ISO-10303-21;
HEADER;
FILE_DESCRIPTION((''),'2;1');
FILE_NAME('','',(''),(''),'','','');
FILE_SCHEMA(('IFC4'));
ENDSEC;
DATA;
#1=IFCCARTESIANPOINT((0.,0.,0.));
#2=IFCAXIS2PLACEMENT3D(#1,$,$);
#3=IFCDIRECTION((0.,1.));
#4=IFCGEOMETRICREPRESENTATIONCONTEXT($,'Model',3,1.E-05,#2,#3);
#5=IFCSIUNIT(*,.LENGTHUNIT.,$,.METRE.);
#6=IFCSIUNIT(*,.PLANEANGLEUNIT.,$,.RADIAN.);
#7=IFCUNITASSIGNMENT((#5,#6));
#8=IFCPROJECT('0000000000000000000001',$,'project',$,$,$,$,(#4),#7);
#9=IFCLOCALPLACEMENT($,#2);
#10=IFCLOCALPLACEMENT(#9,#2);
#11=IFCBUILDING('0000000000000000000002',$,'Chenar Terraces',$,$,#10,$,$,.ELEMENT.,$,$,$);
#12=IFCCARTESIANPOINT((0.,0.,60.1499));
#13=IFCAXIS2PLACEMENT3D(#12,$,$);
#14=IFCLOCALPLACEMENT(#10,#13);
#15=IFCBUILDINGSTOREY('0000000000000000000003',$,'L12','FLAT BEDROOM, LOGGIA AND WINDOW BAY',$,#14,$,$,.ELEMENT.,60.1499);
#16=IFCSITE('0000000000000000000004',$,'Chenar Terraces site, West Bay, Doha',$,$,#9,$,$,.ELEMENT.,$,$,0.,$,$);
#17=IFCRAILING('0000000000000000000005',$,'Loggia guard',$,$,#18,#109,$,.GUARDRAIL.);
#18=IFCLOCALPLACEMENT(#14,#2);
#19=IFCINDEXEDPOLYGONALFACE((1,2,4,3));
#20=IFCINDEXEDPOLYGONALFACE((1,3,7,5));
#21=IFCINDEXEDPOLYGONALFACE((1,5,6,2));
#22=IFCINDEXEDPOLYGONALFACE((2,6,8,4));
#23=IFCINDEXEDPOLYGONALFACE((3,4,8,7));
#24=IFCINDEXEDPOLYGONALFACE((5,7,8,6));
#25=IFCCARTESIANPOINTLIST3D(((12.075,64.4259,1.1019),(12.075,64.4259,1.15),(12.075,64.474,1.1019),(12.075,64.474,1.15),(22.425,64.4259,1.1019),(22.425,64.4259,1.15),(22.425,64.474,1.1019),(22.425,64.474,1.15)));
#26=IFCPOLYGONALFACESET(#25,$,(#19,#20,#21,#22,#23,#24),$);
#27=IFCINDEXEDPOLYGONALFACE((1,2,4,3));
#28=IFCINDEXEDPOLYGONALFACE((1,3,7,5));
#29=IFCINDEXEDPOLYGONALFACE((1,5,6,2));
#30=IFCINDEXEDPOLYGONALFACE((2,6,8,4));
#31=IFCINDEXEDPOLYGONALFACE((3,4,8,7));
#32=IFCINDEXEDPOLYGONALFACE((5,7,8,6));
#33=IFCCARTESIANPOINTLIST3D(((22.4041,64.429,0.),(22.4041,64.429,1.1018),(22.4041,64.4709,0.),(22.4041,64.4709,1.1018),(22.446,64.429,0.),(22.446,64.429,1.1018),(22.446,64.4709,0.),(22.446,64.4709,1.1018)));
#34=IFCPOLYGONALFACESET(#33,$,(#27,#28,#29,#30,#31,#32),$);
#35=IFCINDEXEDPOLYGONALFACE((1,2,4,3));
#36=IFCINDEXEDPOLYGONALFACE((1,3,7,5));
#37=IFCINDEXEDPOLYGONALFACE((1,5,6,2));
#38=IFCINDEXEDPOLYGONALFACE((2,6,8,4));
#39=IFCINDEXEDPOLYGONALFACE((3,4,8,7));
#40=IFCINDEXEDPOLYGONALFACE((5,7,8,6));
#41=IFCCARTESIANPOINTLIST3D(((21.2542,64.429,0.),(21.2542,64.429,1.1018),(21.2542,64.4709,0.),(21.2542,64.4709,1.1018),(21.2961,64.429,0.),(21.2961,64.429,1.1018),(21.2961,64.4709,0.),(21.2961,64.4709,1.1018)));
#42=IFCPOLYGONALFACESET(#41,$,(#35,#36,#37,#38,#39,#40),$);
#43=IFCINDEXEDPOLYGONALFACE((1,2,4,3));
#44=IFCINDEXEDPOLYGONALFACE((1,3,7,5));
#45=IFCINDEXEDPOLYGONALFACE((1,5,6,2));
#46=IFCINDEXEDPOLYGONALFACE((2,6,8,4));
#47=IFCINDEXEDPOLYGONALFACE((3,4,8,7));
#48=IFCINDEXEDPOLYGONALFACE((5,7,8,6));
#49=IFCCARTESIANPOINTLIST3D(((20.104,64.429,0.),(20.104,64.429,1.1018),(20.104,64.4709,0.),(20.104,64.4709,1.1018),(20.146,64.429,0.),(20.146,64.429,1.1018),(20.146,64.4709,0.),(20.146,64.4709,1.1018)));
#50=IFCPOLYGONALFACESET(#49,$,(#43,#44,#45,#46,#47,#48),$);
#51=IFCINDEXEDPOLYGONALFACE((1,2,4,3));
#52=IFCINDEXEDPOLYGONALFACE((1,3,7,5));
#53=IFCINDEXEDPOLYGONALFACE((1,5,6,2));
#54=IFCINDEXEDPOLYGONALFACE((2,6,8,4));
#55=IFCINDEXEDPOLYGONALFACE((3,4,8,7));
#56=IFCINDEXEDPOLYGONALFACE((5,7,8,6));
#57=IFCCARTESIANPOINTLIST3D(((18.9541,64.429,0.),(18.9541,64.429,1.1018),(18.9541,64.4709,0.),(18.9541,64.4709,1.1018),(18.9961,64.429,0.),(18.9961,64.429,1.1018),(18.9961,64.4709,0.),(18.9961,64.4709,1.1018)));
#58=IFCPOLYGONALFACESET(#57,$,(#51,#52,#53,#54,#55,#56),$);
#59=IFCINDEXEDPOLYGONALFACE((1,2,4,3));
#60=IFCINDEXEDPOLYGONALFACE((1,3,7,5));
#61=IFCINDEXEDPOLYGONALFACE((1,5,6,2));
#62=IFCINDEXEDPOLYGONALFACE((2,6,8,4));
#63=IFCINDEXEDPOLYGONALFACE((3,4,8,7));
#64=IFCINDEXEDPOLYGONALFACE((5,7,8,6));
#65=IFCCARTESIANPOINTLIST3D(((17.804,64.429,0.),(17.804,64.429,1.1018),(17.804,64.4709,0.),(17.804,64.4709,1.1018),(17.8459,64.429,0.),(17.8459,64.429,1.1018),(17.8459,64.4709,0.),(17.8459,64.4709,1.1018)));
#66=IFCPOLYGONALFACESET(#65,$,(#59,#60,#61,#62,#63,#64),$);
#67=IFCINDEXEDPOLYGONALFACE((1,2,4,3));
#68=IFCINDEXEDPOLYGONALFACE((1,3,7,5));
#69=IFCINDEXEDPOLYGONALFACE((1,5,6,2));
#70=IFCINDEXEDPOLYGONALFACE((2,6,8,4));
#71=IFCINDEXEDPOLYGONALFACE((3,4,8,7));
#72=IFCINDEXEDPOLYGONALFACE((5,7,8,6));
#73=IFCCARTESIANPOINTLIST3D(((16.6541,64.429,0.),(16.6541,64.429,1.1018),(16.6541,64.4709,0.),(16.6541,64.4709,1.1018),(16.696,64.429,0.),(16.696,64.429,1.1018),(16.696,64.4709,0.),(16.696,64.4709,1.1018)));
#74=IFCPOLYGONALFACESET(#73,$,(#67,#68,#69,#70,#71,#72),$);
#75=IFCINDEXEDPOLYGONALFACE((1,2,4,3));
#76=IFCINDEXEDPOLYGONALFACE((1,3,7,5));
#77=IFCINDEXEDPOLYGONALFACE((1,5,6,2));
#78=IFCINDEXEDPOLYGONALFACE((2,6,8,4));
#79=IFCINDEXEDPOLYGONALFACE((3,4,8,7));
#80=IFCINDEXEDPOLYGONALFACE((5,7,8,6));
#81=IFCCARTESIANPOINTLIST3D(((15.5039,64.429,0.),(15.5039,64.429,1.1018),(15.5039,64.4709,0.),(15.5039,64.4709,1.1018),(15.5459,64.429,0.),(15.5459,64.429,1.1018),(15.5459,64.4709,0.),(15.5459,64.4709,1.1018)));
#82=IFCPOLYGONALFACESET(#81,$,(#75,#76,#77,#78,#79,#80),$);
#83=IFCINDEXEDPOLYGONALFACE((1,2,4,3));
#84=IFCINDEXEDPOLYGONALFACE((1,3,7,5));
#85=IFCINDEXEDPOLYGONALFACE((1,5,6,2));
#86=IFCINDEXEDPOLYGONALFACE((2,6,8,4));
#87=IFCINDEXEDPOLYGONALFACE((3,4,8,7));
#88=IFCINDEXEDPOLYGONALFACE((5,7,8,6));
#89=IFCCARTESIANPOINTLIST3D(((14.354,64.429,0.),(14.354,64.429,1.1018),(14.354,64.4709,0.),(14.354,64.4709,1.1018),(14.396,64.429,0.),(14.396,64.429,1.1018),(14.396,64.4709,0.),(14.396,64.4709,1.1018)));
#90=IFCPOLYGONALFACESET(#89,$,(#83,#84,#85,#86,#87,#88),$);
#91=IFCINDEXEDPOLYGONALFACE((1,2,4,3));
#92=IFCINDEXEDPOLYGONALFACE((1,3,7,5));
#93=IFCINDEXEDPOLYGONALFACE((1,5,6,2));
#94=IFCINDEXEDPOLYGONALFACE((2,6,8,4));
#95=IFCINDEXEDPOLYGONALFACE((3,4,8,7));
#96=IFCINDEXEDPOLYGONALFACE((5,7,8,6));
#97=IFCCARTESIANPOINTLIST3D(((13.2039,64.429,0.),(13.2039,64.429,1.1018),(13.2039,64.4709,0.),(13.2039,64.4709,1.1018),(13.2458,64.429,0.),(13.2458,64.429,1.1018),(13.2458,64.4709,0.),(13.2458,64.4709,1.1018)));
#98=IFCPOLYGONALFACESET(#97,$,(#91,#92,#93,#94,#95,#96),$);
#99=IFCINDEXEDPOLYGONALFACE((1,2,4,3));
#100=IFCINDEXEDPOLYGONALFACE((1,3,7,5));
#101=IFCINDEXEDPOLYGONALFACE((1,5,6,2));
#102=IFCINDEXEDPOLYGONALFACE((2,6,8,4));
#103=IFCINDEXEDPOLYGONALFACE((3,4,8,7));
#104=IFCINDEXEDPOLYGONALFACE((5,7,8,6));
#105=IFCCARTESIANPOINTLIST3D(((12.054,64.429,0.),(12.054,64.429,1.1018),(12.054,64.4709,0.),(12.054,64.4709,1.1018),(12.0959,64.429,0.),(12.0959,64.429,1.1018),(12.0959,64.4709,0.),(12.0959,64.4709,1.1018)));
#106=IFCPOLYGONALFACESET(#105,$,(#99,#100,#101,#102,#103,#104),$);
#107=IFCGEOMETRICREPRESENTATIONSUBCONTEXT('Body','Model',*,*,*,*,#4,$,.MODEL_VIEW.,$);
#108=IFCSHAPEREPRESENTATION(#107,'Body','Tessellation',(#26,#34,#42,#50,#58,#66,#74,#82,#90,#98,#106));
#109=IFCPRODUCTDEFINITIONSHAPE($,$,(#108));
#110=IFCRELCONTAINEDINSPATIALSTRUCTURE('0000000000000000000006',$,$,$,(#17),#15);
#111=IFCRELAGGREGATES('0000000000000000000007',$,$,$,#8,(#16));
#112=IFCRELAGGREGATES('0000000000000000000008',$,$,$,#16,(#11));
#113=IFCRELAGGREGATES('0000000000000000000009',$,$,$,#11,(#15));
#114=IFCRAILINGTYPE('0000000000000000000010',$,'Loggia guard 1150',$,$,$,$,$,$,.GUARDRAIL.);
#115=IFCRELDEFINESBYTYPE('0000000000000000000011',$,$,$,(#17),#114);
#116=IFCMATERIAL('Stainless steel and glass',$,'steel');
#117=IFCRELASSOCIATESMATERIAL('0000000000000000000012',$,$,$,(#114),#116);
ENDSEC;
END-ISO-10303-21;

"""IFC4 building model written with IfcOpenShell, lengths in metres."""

from ifc_helpers import new_model, si_unit, direction, frame, origin, origin_2d, place, context, subcontext, project, spatial, rectangle, extrude, material, type_object, element, save


model = new_model("IFC4")

# Units and contexts
model_context = context("Model", 3, precision=1e-05, world=origin(), true_north=direction((0.0, 1.0)))
body_context = subcontext(model_context, "Body", "Model", "MODEL_VIEW")
ifc_project = project(units=[si_unit("LENGTHUNIT", "METRE"), si_unit("PLANEANGLEUNIT", "RADIAN")], contexts=[model_context])

# Site, building, storey
site_placement = place(None, origin())
site = spatial("IfcSite", under=ifc_project, at=site_placement, Name="Chenar Terraces site, West Bay, Doha", CompositionType="ELEMENT", RefElevation=0.0)
building_placement = place(site_placement, origin())
building = spatial("IfcBuilding", under=site, at=building_placement, Name="Chenar Terraces", CompositionType="ELEMENT")
storey_placement = place(building_placement, frame((0.0, 0.0, 60.1499)))
storey = spatial("IfcBuildingStorey", under=building, at=storey_placement, Name="L12", Description="FLAT BEDROOM, LOGGIA AND WINDOW BAY", CompositionType="ELEMENT", Elevation=60.1499)

# Railing
ifc_material_1 = material(Name="Stainless steel and glass", Category="steel")
railing_type_1 = type_object("IfcRailingType", Name="Loggia guard 1150", PredefinedType="GUARDRAIL", material=ifc_material_1)
railing_1_placement = place(storey_placement, frame((22.425, 64.45, 0.0)))
element("IfcRailing", 1, at=railing_1_placement, inside=storey, type_object=railing_type_1, Name="Loggia guard", PredefinedType="GUARDRAIL", context=body_context, shape_type="SweptSolid", body=[
    extrude(rectangle(XDim=0.0481, YDim=0.0481, at=origin_2d()), frame((0.0, 0.0, 1.126), z_axis=(-1.0, 0.0, 0.0), x_axis=(0.0, -1.0, 0.0)), (0.0, 0.0, 1.0), 10.3501),
    extrude(rectangle(XDim=0.042, YDim=0.042, at=origin_2d()), origin(), (0.0, 0.0, 1.0), 1.1018),
    extrude(rectangle(XDim=0.042, YDim=0.042, at=origin_2d()), frame((-1.1499, 0.0, 0.0)), (0.0, 0.0, 1.0), 1.1018),
    extrude(rectangle(XDim=0.042, YDim=0.042, at=origin_2d()), frame((-2.3, 0.0, 0.0)), (0.0, 0.0, 1.0), 1.1018),
    extrude(rectangle(XDim=0.042, YDim=0.042, at=origin_2d()), frame((-3.45, 0.0, 0.0)), (0.0, 0.0, 1.0), 1.1018),
    extrude(rectangle(XDim=0.042, YDim=0.042, at=origin_2d()), frame((-4.6001, 0.0, 0.0)), (0.0, 0.0, 1.0), 1.1018),
    extrude(rectangle(XDim=0.042, YDim=0.042, at=origin_2d()), frame((-5.75, 0.0, 0.0)), (0.0, 0.0, 1.0), 1.1018),
    extrude(rectangle(XDim=0.042, YDim=0.042, at=origin_2d()), frame((-6.9001, 0.0, 0.0)), (0.0, 0.0, 1.0), 1.1018),
    extrude(rectangle(XDim=0.042, YDim=0.042, at=origin_2d()), frame((-8.05, 0.0, 0.0)), (0.0, 0.0, 1.0), 1.1018),
    extrude(rectangle(XDim=0.042, YDim=0.042, at=origin_2d()), frame((-9.2002, 0.0, 0.0)), (0.0, 0.0, 1.0), 1.1018),
    extrude(rectangle(XDim=0.042, YDim=0.042, at=origin_2d()), frame((-10.3501, 0.0, 0.0)), (0.0, 0.0, 1.0), 1.1018),
])

save(model, "model.ifc")
